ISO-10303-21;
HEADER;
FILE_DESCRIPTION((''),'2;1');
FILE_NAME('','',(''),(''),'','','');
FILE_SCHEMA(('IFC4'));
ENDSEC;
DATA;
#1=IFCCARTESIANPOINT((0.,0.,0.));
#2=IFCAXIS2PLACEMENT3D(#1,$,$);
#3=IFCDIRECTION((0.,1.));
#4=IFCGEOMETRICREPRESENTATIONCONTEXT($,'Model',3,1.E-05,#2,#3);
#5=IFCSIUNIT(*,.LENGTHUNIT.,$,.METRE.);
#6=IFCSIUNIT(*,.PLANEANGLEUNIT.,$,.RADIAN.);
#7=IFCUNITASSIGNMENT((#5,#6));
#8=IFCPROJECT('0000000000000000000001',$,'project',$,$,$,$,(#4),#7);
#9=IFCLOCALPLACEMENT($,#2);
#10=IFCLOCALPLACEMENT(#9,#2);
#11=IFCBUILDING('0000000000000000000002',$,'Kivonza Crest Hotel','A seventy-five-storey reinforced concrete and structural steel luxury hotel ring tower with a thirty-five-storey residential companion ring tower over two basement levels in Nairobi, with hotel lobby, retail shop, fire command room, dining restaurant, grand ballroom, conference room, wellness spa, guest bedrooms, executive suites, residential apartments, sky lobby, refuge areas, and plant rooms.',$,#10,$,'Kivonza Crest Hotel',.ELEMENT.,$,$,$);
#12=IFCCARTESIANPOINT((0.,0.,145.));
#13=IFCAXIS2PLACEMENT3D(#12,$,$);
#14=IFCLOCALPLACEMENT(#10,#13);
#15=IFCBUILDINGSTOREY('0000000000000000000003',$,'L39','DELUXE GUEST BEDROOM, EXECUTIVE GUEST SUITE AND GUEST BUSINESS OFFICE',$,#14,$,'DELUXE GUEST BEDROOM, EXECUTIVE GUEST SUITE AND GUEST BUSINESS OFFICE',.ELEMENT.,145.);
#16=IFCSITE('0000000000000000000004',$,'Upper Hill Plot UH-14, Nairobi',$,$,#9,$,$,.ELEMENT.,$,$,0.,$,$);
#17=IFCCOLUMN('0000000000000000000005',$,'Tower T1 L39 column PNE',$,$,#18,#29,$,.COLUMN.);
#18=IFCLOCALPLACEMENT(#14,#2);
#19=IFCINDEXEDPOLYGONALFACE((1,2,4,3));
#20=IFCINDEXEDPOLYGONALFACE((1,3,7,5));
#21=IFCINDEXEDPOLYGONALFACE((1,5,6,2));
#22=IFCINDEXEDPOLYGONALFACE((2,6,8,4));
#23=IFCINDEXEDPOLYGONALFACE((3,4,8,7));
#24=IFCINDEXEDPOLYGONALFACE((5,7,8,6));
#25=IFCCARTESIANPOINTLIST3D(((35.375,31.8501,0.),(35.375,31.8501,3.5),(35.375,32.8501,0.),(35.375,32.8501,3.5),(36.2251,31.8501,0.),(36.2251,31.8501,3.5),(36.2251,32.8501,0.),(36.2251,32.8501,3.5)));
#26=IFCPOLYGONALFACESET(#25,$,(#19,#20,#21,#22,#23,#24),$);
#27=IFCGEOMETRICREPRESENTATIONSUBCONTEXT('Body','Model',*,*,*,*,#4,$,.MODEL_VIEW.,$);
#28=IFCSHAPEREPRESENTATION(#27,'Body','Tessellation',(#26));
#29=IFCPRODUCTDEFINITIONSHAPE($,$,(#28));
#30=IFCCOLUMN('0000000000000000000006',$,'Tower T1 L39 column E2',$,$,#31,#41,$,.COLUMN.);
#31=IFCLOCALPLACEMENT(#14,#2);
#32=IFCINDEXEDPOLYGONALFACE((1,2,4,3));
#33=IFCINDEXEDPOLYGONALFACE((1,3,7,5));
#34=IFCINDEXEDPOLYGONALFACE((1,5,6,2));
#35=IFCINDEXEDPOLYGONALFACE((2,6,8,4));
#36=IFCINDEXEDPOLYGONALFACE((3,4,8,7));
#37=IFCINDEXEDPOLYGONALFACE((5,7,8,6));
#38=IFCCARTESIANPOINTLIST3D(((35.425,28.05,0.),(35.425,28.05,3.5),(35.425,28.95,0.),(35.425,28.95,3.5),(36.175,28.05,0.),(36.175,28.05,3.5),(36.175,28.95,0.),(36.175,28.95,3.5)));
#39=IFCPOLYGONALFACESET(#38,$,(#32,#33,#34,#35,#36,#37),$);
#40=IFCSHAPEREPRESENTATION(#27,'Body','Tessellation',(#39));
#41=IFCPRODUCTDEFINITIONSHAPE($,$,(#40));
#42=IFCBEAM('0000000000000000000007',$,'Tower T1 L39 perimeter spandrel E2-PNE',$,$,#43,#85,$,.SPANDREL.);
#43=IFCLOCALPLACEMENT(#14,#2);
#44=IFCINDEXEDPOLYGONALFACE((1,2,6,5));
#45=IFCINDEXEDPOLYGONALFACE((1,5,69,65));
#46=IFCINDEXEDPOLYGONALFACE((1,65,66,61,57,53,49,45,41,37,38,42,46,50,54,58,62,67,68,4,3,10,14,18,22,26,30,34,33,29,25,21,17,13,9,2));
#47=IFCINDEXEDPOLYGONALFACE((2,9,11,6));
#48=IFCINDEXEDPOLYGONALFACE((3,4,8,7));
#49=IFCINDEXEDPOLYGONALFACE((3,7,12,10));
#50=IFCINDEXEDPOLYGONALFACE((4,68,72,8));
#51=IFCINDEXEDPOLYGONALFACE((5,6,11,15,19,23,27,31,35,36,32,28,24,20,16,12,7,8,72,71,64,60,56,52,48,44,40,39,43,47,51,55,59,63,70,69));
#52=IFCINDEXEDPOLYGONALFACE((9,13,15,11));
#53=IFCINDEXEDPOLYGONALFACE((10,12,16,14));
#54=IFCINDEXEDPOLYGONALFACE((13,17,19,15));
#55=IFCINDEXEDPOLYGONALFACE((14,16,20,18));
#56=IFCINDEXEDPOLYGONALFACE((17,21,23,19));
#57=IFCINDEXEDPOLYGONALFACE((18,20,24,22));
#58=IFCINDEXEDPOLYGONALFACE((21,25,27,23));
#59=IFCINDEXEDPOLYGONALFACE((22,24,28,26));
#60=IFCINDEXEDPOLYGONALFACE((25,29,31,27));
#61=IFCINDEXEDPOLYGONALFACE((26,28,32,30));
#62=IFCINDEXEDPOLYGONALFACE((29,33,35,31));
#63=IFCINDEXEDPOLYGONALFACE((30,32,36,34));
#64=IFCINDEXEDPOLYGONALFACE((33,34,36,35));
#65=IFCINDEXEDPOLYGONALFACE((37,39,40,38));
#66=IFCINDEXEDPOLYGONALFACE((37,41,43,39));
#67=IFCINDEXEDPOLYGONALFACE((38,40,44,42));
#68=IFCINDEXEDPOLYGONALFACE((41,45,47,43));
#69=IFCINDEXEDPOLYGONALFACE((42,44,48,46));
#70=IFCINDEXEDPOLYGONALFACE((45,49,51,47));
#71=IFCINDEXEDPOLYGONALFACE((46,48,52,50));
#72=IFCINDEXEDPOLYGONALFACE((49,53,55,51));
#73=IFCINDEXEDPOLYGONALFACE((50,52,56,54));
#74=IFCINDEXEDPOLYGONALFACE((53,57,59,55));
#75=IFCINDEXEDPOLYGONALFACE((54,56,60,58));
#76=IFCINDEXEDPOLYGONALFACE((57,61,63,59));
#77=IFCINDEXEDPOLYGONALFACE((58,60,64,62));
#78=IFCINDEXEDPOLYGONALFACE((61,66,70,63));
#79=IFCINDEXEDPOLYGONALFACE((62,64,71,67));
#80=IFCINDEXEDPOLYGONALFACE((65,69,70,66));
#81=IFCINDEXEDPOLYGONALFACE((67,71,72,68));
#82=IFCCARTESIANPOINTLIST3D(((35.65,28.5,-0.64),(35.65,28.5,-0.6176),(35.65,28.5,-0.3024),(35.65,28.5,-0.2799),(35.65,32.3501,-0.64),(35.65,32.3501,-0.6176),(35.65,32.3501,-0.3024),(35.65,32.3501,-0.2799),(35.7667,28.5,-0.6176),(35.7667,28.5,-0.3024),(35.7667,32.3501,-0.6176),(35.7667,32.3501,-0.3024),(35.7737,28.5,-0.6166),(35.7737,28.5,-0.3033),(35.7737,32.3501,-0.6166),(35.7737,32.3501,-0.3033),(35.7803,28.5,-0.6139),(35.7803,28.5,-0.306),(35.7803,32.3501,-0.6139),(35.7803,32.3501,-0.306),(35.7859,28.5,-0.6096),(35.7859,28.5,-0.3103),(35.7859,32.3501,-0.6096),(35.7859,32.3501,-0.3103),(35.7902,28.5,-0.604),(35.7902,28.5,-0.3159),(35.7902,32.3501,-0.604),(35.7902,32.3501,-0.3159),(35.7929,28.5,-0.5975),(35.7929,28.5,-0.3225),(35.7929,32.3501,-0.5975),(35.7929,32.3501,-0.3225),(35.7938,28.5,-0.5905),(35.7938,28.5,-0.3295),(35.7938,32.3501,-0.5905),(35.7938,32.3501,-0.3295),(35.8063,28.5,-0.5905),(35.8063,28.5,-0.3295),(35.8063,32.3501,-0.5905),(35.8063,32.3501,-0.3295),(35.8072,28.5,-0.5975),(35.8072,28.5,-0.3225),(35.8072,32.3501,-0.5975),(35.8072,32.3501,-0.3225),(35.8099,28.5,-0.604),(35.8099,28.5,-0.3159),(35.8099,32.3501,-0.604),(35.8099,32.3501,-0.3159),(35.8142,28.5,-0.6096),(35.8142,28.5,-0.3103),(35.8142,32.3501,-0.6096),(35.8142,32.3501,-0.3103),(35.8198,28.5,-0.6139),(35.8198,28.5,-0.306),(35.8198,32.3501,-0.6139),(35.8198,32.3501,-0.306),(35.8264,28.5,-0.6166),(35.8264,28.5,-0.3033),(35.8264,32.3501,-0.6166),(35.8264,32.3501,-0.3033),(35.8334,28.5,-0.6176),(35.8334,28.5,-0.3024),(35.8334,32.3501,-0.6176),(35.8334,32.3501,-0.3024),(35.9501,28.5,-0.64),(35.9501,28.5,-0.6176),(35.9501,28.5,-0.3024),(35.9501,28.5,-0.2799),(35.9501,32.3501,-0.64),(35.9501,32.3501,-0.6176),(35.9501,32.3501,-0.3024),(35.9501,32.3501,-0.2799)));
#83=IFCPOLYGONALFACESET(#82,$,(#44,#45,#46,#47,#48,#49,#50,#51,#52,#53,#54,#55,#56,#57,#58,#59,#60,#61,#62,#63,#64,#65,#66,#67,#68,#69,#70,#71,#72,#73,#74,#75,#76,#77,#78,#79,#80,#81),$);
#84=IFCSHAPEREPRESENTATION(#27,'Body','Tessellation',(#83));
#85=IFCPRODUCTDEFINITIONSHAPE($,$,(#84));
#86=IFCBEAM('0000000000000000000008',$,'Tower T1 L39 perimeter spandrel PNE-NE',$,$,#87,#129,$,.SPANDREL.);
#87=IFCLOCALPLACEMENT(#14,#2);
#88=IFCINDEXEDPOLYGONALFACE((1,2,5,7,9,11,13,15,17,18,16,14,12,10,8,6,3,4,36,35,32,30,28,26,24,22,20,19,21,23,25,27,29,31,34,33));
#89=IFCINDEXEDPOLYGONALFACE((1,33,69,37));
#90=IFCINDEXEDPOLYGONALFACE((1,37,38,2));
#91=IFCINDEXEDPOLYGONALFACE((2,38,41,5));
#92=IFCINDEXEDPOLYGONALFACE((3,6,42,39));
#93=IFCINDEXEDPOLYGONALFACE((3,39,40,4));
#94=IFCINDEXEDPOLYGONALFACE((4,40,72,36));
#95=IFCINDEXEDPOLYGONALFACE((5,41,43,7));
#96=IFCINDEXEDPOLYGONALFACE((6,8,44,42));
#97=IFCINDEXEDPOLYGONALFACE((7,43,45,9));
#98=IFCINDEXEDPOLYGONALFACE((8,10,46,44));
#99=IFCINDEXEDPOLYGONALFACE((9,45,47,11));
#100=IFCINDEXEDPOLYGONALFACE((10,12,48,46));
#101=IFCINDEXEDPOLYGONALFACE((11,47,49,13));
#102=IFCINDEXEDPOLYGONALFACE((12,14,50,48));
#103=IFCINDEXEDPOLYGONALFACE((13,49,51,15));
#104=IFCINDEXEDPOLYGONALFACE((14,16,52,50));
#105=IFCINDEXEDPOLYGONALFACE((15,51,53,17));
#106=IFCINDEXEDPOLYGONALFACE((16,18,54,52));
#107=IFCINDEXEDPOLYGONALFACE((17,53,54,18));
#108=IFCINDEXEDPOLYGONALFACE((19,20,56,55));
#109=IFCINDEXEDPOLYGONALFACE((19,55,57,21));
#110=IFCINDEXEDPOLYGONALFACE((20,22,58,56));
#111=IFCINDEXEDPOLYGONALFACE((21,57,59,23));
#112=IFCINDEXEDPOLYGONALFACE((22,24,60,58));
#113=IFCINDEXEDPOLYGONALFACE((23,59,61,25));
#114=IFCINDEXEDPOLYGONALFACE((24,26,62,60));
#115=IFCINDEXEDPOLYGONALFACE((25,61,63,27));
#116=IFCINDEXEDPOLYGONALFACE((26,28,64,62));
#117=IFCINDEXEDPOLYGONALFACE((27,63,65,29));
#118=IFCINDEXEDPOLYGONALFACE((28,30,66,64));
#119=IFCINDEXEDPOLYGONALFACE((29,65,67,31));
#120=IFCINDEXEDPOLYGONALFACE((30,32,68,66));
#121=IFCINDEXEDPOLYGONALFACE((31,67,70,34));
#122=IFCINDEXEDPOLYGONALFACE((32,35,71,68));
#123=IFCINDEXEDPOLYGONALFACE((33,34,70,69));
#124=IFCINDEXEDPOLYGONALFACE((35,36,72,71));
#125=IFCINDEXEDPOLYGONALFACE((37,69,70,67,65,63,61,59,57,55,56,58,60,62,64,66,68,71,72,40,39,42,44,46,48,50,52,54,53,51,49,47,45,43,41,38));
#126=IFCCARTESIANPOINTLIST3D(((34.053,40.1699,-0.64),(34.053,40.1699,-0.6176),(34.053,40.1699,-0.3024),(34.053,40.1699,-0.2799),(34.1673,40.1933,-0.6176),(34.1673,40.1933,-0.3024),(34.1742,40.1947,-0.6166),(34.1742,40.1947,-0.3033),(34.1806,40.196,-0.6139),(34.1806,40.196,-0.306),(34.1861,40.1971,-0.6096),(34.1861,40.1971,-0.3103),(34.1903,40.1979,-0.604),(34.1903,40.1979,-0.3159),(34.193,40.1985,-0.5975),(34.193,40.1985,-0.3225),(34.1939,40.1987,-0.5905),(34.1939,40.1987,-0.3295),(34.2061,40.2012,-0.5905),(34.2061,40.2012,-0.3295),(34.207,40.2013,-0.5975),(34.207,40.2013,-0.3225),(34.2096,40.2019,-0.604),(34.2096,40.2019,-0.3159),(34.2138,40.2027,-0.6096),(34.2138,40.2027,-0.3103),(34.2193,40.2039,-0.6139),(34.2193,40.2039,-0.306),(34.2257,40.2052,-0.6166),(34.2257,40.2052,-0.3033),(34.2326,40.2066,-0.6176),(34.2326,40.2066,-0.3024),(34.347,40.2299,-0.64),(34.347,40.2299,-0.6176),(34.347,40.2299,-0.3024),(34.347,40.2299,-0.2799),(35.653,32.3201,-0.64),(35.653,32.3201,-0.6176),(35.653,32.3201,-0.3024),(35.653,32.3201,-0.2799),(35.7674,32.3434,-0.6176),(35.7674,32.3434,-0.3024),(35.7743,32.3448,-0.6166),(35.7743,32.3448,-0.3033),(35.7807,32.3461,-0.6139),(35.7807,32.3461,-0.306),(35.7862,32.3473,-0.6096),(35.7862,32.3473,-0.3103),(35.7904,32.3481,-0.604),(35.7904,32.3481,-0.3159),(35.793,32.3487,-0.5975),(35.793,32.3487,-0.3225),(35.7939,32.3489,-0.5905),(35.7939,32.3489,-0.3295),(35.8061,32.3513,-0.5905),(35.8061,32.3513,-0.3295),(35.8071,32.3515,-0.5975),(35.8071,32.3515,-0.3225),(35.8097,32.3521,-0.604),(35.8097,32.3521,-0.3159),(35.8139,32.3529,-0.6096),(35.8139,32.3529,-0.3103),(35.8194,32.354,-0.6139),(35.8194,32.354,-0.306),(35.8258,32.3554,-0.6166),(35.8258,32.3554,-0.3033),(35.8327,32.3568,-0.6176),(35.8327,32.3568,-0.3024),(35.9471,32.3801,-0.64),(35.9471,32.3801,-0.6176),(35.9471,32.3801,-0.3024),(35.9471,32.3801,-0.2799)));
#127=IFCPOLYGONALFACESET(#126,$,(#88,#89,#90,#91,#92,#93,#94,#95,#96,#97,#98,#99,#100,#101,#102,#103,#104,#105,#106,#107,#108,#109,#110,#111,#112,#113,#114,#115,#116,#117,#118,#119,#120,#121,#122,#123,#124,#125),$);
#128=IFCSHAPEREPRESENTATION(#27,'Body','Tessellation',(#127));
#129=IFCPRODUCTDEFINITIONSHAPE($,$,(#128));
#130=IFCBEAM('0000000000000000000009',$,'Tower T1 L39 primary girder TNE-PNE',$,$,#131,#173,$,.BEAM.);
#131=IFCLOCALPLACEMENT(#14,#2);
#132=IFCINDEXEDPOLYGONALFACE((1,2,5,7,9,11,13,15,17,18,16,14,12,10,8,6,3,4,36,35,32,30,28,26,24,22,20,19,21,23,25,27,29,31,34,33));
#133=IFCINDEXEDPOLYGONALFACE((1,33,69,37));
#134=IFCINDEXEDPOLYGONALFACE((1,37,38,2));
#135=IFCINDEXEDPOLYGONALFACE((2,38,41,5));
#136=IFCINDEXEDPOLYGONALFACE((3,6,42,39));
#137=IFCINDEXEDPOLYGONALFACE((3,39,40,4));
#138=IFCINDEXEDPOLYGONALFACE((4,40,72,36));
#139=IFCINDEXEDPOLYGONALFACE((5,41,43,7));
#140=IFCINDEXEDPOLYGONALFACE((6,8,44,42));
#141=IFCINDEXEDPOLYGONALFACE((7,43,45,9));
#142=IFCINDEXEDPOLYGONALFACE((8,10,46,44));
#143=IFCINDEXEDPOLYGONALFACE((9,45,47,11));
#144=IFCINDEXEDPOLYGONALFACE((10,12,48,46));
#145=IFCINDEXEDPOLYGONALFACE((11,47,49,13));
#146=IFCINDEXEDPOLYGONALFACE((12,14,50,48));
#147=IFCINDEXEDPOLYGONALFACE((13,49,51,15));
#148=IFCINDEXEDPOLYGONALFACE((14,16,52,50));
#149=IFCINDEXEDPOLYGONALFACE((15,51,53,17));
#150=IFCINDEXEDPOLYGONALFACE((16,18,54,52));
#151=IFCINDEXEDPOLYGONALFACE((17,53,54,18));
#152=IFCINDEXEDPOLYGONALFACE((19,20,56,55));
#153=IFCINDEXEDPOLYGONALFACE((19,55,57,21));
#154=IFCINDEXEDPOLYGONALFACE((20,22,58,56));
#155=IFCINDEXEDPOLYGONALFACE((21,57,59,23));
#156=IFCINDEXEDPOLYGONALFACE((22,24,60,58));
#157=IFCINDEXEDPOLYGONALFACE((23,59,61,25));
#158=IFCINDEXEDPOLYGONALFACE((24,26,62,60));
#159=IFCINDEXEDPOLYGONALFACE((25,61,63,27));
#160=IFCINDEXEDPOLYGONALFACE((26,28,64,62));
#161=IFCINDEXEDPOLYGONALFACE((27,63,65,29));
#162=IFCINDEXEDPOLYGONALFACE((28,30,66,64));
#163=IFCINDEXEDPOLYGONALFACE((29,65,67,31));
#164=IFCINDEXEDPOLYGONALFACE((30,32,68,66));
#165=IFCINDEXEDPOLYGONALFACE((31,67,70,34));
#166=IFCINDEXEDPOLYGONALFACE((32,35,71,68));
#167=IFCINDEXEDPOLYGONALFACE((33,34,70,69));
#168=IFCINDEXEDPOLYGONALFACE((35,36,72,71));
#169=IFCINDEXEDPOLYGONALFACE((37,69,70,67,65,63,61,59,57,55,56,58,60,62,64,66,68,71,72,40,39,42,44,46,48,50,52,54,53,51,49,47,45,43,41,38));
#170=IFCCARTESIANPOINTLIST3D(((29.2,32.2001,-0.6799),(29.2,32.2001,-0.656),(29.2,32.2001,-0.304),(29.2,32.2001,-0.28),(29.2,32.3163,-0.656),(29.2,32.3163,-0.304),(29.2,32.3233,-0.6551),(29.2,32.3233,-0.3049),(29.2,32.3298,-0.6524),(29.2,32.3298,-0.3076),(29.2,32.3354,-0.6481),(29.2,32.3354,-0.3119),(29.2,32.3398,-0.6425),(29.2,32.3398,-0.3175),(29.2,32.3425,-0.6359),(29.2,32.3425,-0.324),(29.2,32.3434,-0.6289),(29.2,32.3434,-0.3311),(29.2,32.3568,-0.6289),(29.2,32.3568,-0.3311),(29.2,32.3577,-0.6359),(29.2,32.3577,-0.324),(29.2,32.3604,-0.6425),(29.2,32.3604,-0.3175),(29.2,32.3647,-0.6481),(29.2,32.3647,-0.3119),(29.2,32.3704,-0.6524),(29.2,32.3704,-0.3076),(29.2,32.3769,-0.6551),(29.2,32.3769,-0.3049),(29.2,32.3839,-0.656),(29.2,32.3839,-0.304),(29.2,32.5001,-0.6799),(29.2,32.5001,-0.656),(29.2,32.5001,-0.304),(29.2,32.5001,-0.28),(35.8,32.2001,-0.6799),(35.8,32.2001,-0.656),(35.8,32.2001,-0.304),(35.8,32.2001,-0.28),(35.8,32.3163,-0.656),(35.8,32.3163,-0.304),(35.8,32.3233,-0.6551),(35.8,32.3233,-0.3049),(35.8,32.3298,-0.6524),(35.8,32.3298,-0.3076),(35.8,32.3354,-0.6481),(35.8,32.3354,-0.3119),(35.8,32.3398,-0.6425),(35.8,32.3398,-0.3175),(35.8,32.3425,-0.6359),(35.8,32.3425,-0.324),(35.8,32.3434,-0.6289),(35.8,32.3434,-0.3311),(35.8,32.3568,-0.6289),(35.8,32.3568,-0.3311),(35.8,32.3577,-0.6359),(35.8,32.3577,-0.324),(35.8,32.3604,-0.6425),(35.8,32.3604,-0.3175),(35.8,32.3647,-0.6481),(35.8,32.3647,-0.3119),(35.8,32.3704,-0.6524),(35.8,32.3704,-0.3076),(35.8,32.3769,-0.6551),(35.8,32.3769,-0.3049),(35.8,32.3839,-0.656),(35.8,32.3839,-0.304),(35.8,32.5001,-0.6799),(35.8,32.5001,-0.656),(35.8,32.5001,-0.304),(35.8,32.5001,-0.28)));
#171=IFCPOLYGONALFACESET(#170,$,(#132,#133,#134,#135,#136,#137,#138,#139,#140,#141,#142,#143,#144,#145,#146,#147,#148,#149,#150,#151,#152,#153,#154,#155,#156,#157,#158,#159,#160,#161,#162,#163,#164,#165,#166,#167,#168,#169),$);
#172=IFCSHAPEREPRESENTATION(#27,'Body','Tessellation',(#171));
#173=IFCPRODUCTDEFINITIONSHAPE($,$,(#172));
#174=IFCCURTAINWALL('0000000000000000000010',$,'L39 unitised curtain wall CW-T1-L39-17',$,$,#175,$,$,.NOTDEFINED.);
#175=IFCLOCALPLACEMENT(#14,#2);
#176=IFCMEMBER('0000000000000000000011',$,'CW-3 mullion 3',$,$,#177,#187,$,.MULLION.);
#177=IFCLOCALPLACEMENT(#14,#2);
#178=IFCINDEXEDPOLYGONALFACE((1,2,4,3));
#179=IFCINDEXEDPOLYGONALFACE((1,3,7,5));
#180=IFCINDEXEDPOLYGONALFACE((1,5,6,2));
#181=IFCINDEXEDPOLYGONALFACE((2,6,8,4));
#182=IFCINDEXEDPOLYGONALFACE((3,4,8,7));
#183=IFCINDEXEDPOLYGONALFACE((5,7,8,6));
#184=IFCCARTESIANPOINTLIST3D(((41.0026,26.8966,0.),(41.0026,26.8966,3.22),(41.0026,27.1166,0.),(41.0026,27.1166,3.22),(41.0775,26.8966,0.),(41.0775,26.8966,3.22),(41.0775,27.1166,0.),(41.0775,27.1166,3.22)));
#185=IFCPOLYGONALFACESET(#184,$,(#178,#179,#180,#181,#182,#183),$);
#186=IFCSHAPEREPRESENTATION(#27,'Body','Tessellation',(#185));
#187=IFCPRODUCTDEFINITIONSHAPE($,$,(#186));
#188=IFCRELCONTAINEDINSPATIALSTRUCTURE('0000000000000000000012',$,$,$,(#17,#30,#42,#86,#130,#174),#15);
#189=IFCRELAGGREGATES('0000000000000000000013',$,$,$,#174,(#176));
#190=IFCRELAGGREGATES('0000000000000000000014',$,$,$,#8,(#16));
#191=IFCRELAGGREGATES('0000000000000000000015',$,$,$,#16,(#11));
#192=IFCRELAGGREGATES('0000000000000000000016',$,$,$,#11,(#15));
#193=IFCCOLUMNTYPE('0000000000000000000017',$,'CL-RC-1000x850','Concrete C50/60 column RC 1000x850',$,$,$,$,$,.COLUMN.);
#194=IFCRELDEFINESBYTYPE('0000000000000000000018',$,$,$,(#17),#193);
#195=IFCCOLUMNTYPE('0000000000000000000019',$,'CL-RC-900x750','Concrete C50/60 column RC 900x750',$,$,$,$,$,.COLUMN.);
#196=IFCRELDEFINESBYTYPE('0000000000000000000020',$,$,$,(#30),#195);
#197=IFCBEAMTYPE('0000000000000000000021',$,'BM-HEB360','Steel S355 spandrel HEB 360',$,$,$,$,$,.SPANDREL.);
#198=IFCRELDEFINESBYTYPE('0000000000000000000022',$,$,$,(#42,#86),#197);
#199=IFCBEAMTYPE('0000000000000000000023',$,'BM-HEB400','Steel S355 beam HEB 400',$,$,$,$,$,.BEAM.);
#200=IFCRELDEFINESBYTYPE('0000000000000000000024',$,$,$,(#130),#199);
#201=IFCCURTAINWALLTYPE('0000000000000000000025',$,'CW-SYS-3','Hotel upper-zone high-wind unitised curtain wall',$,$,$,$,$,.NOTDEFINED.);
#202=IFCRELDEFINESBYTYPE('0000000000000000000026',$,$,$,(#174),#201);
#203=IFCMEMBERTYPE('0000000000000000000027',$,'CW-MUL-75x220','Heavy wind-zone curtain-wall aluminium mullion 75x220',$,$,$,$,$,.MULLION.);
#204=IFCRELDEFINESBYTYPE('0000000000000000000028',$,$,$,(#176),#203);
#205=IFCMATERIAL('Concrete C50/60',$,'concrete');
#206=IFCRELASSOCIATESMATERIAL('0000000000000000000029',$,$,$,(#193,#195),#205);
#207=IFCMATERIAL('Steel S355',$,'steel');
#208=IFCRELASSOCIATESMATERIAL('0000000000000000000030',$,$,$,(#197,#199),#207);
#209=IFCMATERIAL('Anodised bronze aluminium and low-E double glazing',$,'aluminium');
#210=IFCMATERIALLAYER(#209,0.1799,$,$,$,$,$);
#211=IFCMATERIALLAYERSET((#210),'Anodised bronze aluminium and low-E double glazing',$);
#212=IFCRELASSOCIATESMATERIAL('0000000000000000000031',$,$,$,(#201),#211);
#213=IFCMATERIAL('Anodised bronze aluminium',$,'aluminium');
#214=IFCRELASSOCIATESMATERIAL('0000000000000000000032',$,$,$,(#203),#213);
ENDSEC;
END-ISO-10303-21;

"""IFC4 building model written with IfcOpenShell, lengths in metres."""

from ifc_helpers import new_model, si_unit, direction, frame, origin, origin_2d, place, context, subcontext, project, spatial, rectangle, i_section, extrude, material, layer, layer_set, material_profile, profile_set, type_object, element, aggregate, save


model = new_model("IFC4")

# Units and contexts
model_context = context("Model", 3, precision=1e-05, world=origin(), true_north=direction((0.0, 1.0)))
body_context = subcontext(model_context, "Body", "Model", "MODEL_VIEW")
ifc_project = project(units=[si_unit("LENGTHUNIT", "METRE"), si_unit("PLANEANGLEUNIT", "RADIAN")], contexts=[model_context])

# Site, building, storey
site_placement = place(None, origin())
site = spatial("IfcSite", under=ifc_project, at=site_placement, Name="Upper Hill Plot UH-14, Nairobi", CompositionType="ELEMENT", RefElevation=0.0)
building_placement = place(site_placement, origin())
building = spatial("IfcBuilding", under=site, at=building_placement, Name="Kivonza Crest Hotel", Description="A seventy-five-storey reinforced concrete and structural steel luxury hotel ring tower with a thirty-five-storey residential companion ring tower over two basement levels in Nairobi, with hotel lobby, retail shop, fire command room, dining restaurant, grand ballroom, conference room, wellness spa, guest bedrooms, executive suites, residential apartments, sky lobby, refuge areas, and plant rooms.", LongName="Kivonza Crest Hotel", CompositionType="ELEMENT")
storey_placement = place(building_placement, frame((0.0, 0.0, 145.0)))
storey = spatial("IfcBuildingStorey", under=building, at=storey_placement, Name="L39", Description="DELUXE GUEST BEDROOM, EXECUTIVE GUEST SUITE AND GUEST BUSINESS OFFICE", LongName="DELUXE GUEST BEDROOM, EXECUTIVE GUEST SUITE AND GUEST BUSINESS OFFICE", CompositionType="ELEMENT", Elevation=145.0)

# Columns
ifc_material_1 = material(Name="Concrete C50/60", Category="concrete")
ifc_material_profile_1 = material_profile(ifc_material_1, rectangle(XDim=0.8501, YDim=1.0, at=origin_2d()), Name="RC 1000x850")
ifc_profile_set_1 = profile_set([ifc_material_profile_1], Name="Concrete C50/60")
column_type_1 = type_object("IfcColumnType", Name="CL-RC-1000x850", Description="Concrete C50/60 column RC 1000x850", PredefinedType="COLUMN", material=ifc_profile_set_1)
column_1_placement = place(storey_placement, frame((35.8, 32.3501, 0.0), z_axis=(0.0, 0.0, 1.0), x_axis=(1.0, 0.0, 0.0)))
element("IfcColumn", 1, at=column_1_placement, inside=storey, type_object=column_type_1, Name="Tower T1 L39 column PNE", PredefinedType="COLUMN", context=body_context, shape_type="SweptSolid", body=[
    extrude(rectangle(XDim=0.8501, YDim=1.0, at=origin_2d()), origin(), (0.0, 0.0, 1.0), 3.5),
])
ifc_material_profile_2 = material_profile(ifc_material_1, rectangle(XDim=0.75, YDim=0.8999, at=origin_2d()), Name="RC 900x750")
ifc_profile_set_2 = profile_set([ifc_material_profile_2], Name="Concrete C50/60")
column_type_2 = type_object("IfcColumnType", Name="CL-RC-900x750", Description="Concrete C50/60 column RC 900x750", PredefinedType="COLUMN", material=ifc_profile_set_2)
column_2_placement = place(storey_placement, frame((35.8, 28.5, 0.0), z_axis=(0.0, 0.0, 1.0), x_axis=(1.0, 0.0, 0.0)))
element("IfcColumn", 2, at=column_2_placement, inside=storey, type_object=column_type_2, Name="Tower T1 L39 column E2", PredefinedType="COLUMN", context=body_context, shape_type="SweptSolid", body=[
    extrude(rectangle(XDim=0.75, YDim=0.8999, at=origin_2d()), origin(), (0.0, 0.0, 1.0), 3.5),
])

# Beams
ifc_material_2 = material(Name="Steel S355", Category="steel")
ifc_material_profile_3 = material_profile(ifc_material_2, i_section(OverallWidth=0.3, OverallDepth=0.3601, WebThickness=0.0125, FlangeThickness=0.0225, FilletRadius=0.0271, at=origin_2d()), Name="HEB 360")
ifc_profile_set_3 = profile_set([ifc_material_profile_3], Name="Steel S355")
beam_type_1 = type_object("IfcBeamType", Name="BM-HEB360", Description="Steel S355 spandrel HEB 360", PredefinedType="SPANDREL", material=ifc_profile_set_3)
beam_1_placement = place(storey_placement, frame((35.8, 28.5, -0.46), z_axis=(0.0, 1.0, 0.0), x_axis=(-1.0, 0.0, 0.0)))
element("IfcBeam", 3, at=beam_1_placement, inside=storey, type_object=beam_type_1, Name="Tower T1 L39 perimeter spandrel E2-PNE", PredefinedType="SPANDREL", context=body_context, shape_type="SweptSolid", body=[
    extrude(i_section(OverallWidth=0.3, OverallDepth=0.3601, WebThickness=0.0125, FlangeThickness=0.0225, FilletRadius=0.0271, at=origin_2d()), origin(), (0.0, 0.0, 1.0), 3.8501),
])
beam_2_placement = place(storey_placement, frame((35.8, 32.3501, -0.46), z_axis=(-0.199731, 0.979851, 0.0), x_axis=(-0.979851, -0.199731, 0.0)))
element("IfcBeam", 4, at=beam_2_placement, inside=storey, type_object=beam_type_1, Name="Tower T1 L39 perimeter spandrel PNE-NE", PredefinedType="SPANDREL", context=body_context, shape_type="SweptSolid", body=[
    extrude(i_section(OverallWidth=0.3, OverallDepth=0.3601, WebThickness=0.0125, FlangeThickness=0.0225, FilletRadius=0.0271, at=origin_2d()), origin(), (0.0, 0.0, 1.0), 8.0112),
])
ifc_material_profile_4 = material_profile(ifc_material_2, i_section(OverallWidth=0.3, OverallDepth=0.3999, WebThickness=0.0134, FlangeThickness=0.0239, FilletRadius=0.0271, at=origin_2d()), Name="HEB 400")
ifc_profile_set_4 = profile_set([ifc_material_profile_4], Name="Steel S355")
beam_type_2 = type_object("IfcBeamType", Name="BM-HEB400", Description="Steel S355 beam HEB 400", PredefinedType="BEAM", material=ifc_profile_set_4)
beam_3_placement = place(storey_placement, frame((29.2, 32.3501, -0.48), z_axis=(1.0, 0.0, 0.0), x_axis=(0.0, 1.0, 0.0)))
element("IfcBeam", 5, at=beam_3_placement, inside=storey, type_object=beam_type_2, Name="Tower T1 L39 primary girder TNE-PNE", PredefinedType="BEAM", context=body_context, shape_type="SweptSolid", body=[
    extrude(i_section(OverallWidth=0.3, OverallDepth=0.3999, WebThickness=0.0134, FlangeThickness=0.0239, FilletRadius=0.0271, at=origin_2d()), origin(), (0.0, 0.0, 1.0), 6.6001),
])

# Curtain wall, member
ifc_material_3 = material(Name="Anodised bronze aluminium and low-E double glazing", Category="aluminium")
ifc_layer_1 = layer(ifc_material_3, 0.1799)
ifc_layer_set_1 = layer_set([ifc_layer_1], Name="Anodised bronze aluminium and low-E double glazing")
curtain_wall_type = type_object("IfcCurtainWallType", Name="CW-SYS-3", Description="Hotel upper-zone high-wind unitised curtain wall", PredefinedType="NOTDEFINED", material=ifc_layer_set_1)
curtain_wall_placement = place(storey_placement, origin())
curtain_wall = element("IfcCurtainWall", 6, at=curtain_wall_placement, inside=storey, type_object=curtain_wall_type, Name="L39 unitised curtain wall CW-T1-L39-17", PredefinedType="NOTDEFINED")
ifc_material_4 = material(Name="Anodised bronze aluminium", Category="aluminium")
ifc_material_profile_5 = material_profile(ifc_material_4, rectangle(XDim=0.075, YDim=0.22, at=origin_2d()), Name="CW-M 75x220")
ifc_profile_set_5 = profile_set([ifc_material_profile_5], Name="Anodised bronze aluminium")
member_type_1 = type_object("IfcMemberType", Name="CW-MUL-75x220", Description="Heavy wind-zone curtain-wall aluminium mullion 75x220", PredefinedType="MULLION", material=ifc_profile_set_5)
member_1_placement = place(storey_placement, frame((41.04, 27.0066, 0.0), z_axis=(0.0, 0.0, 1.0), x_axis=(-1.0, 0.0, 0.0)))
member_1 = element("IfcMember", 7, at=member_1_placement, type_object=member_type_1, Name="CW-3 mullion 3", PredefinedType="MULLION", context=body_context, shape_type="SweptSolid", body=[
    extrude(rectangle(XDim=0.075, YDim=0.22, at=origin_2d()), origin(), (0.0, 0.0, 1.0), 3.22),
])
aggregate(curtain_wall, [member_1])

save(model, "model.ifc")
